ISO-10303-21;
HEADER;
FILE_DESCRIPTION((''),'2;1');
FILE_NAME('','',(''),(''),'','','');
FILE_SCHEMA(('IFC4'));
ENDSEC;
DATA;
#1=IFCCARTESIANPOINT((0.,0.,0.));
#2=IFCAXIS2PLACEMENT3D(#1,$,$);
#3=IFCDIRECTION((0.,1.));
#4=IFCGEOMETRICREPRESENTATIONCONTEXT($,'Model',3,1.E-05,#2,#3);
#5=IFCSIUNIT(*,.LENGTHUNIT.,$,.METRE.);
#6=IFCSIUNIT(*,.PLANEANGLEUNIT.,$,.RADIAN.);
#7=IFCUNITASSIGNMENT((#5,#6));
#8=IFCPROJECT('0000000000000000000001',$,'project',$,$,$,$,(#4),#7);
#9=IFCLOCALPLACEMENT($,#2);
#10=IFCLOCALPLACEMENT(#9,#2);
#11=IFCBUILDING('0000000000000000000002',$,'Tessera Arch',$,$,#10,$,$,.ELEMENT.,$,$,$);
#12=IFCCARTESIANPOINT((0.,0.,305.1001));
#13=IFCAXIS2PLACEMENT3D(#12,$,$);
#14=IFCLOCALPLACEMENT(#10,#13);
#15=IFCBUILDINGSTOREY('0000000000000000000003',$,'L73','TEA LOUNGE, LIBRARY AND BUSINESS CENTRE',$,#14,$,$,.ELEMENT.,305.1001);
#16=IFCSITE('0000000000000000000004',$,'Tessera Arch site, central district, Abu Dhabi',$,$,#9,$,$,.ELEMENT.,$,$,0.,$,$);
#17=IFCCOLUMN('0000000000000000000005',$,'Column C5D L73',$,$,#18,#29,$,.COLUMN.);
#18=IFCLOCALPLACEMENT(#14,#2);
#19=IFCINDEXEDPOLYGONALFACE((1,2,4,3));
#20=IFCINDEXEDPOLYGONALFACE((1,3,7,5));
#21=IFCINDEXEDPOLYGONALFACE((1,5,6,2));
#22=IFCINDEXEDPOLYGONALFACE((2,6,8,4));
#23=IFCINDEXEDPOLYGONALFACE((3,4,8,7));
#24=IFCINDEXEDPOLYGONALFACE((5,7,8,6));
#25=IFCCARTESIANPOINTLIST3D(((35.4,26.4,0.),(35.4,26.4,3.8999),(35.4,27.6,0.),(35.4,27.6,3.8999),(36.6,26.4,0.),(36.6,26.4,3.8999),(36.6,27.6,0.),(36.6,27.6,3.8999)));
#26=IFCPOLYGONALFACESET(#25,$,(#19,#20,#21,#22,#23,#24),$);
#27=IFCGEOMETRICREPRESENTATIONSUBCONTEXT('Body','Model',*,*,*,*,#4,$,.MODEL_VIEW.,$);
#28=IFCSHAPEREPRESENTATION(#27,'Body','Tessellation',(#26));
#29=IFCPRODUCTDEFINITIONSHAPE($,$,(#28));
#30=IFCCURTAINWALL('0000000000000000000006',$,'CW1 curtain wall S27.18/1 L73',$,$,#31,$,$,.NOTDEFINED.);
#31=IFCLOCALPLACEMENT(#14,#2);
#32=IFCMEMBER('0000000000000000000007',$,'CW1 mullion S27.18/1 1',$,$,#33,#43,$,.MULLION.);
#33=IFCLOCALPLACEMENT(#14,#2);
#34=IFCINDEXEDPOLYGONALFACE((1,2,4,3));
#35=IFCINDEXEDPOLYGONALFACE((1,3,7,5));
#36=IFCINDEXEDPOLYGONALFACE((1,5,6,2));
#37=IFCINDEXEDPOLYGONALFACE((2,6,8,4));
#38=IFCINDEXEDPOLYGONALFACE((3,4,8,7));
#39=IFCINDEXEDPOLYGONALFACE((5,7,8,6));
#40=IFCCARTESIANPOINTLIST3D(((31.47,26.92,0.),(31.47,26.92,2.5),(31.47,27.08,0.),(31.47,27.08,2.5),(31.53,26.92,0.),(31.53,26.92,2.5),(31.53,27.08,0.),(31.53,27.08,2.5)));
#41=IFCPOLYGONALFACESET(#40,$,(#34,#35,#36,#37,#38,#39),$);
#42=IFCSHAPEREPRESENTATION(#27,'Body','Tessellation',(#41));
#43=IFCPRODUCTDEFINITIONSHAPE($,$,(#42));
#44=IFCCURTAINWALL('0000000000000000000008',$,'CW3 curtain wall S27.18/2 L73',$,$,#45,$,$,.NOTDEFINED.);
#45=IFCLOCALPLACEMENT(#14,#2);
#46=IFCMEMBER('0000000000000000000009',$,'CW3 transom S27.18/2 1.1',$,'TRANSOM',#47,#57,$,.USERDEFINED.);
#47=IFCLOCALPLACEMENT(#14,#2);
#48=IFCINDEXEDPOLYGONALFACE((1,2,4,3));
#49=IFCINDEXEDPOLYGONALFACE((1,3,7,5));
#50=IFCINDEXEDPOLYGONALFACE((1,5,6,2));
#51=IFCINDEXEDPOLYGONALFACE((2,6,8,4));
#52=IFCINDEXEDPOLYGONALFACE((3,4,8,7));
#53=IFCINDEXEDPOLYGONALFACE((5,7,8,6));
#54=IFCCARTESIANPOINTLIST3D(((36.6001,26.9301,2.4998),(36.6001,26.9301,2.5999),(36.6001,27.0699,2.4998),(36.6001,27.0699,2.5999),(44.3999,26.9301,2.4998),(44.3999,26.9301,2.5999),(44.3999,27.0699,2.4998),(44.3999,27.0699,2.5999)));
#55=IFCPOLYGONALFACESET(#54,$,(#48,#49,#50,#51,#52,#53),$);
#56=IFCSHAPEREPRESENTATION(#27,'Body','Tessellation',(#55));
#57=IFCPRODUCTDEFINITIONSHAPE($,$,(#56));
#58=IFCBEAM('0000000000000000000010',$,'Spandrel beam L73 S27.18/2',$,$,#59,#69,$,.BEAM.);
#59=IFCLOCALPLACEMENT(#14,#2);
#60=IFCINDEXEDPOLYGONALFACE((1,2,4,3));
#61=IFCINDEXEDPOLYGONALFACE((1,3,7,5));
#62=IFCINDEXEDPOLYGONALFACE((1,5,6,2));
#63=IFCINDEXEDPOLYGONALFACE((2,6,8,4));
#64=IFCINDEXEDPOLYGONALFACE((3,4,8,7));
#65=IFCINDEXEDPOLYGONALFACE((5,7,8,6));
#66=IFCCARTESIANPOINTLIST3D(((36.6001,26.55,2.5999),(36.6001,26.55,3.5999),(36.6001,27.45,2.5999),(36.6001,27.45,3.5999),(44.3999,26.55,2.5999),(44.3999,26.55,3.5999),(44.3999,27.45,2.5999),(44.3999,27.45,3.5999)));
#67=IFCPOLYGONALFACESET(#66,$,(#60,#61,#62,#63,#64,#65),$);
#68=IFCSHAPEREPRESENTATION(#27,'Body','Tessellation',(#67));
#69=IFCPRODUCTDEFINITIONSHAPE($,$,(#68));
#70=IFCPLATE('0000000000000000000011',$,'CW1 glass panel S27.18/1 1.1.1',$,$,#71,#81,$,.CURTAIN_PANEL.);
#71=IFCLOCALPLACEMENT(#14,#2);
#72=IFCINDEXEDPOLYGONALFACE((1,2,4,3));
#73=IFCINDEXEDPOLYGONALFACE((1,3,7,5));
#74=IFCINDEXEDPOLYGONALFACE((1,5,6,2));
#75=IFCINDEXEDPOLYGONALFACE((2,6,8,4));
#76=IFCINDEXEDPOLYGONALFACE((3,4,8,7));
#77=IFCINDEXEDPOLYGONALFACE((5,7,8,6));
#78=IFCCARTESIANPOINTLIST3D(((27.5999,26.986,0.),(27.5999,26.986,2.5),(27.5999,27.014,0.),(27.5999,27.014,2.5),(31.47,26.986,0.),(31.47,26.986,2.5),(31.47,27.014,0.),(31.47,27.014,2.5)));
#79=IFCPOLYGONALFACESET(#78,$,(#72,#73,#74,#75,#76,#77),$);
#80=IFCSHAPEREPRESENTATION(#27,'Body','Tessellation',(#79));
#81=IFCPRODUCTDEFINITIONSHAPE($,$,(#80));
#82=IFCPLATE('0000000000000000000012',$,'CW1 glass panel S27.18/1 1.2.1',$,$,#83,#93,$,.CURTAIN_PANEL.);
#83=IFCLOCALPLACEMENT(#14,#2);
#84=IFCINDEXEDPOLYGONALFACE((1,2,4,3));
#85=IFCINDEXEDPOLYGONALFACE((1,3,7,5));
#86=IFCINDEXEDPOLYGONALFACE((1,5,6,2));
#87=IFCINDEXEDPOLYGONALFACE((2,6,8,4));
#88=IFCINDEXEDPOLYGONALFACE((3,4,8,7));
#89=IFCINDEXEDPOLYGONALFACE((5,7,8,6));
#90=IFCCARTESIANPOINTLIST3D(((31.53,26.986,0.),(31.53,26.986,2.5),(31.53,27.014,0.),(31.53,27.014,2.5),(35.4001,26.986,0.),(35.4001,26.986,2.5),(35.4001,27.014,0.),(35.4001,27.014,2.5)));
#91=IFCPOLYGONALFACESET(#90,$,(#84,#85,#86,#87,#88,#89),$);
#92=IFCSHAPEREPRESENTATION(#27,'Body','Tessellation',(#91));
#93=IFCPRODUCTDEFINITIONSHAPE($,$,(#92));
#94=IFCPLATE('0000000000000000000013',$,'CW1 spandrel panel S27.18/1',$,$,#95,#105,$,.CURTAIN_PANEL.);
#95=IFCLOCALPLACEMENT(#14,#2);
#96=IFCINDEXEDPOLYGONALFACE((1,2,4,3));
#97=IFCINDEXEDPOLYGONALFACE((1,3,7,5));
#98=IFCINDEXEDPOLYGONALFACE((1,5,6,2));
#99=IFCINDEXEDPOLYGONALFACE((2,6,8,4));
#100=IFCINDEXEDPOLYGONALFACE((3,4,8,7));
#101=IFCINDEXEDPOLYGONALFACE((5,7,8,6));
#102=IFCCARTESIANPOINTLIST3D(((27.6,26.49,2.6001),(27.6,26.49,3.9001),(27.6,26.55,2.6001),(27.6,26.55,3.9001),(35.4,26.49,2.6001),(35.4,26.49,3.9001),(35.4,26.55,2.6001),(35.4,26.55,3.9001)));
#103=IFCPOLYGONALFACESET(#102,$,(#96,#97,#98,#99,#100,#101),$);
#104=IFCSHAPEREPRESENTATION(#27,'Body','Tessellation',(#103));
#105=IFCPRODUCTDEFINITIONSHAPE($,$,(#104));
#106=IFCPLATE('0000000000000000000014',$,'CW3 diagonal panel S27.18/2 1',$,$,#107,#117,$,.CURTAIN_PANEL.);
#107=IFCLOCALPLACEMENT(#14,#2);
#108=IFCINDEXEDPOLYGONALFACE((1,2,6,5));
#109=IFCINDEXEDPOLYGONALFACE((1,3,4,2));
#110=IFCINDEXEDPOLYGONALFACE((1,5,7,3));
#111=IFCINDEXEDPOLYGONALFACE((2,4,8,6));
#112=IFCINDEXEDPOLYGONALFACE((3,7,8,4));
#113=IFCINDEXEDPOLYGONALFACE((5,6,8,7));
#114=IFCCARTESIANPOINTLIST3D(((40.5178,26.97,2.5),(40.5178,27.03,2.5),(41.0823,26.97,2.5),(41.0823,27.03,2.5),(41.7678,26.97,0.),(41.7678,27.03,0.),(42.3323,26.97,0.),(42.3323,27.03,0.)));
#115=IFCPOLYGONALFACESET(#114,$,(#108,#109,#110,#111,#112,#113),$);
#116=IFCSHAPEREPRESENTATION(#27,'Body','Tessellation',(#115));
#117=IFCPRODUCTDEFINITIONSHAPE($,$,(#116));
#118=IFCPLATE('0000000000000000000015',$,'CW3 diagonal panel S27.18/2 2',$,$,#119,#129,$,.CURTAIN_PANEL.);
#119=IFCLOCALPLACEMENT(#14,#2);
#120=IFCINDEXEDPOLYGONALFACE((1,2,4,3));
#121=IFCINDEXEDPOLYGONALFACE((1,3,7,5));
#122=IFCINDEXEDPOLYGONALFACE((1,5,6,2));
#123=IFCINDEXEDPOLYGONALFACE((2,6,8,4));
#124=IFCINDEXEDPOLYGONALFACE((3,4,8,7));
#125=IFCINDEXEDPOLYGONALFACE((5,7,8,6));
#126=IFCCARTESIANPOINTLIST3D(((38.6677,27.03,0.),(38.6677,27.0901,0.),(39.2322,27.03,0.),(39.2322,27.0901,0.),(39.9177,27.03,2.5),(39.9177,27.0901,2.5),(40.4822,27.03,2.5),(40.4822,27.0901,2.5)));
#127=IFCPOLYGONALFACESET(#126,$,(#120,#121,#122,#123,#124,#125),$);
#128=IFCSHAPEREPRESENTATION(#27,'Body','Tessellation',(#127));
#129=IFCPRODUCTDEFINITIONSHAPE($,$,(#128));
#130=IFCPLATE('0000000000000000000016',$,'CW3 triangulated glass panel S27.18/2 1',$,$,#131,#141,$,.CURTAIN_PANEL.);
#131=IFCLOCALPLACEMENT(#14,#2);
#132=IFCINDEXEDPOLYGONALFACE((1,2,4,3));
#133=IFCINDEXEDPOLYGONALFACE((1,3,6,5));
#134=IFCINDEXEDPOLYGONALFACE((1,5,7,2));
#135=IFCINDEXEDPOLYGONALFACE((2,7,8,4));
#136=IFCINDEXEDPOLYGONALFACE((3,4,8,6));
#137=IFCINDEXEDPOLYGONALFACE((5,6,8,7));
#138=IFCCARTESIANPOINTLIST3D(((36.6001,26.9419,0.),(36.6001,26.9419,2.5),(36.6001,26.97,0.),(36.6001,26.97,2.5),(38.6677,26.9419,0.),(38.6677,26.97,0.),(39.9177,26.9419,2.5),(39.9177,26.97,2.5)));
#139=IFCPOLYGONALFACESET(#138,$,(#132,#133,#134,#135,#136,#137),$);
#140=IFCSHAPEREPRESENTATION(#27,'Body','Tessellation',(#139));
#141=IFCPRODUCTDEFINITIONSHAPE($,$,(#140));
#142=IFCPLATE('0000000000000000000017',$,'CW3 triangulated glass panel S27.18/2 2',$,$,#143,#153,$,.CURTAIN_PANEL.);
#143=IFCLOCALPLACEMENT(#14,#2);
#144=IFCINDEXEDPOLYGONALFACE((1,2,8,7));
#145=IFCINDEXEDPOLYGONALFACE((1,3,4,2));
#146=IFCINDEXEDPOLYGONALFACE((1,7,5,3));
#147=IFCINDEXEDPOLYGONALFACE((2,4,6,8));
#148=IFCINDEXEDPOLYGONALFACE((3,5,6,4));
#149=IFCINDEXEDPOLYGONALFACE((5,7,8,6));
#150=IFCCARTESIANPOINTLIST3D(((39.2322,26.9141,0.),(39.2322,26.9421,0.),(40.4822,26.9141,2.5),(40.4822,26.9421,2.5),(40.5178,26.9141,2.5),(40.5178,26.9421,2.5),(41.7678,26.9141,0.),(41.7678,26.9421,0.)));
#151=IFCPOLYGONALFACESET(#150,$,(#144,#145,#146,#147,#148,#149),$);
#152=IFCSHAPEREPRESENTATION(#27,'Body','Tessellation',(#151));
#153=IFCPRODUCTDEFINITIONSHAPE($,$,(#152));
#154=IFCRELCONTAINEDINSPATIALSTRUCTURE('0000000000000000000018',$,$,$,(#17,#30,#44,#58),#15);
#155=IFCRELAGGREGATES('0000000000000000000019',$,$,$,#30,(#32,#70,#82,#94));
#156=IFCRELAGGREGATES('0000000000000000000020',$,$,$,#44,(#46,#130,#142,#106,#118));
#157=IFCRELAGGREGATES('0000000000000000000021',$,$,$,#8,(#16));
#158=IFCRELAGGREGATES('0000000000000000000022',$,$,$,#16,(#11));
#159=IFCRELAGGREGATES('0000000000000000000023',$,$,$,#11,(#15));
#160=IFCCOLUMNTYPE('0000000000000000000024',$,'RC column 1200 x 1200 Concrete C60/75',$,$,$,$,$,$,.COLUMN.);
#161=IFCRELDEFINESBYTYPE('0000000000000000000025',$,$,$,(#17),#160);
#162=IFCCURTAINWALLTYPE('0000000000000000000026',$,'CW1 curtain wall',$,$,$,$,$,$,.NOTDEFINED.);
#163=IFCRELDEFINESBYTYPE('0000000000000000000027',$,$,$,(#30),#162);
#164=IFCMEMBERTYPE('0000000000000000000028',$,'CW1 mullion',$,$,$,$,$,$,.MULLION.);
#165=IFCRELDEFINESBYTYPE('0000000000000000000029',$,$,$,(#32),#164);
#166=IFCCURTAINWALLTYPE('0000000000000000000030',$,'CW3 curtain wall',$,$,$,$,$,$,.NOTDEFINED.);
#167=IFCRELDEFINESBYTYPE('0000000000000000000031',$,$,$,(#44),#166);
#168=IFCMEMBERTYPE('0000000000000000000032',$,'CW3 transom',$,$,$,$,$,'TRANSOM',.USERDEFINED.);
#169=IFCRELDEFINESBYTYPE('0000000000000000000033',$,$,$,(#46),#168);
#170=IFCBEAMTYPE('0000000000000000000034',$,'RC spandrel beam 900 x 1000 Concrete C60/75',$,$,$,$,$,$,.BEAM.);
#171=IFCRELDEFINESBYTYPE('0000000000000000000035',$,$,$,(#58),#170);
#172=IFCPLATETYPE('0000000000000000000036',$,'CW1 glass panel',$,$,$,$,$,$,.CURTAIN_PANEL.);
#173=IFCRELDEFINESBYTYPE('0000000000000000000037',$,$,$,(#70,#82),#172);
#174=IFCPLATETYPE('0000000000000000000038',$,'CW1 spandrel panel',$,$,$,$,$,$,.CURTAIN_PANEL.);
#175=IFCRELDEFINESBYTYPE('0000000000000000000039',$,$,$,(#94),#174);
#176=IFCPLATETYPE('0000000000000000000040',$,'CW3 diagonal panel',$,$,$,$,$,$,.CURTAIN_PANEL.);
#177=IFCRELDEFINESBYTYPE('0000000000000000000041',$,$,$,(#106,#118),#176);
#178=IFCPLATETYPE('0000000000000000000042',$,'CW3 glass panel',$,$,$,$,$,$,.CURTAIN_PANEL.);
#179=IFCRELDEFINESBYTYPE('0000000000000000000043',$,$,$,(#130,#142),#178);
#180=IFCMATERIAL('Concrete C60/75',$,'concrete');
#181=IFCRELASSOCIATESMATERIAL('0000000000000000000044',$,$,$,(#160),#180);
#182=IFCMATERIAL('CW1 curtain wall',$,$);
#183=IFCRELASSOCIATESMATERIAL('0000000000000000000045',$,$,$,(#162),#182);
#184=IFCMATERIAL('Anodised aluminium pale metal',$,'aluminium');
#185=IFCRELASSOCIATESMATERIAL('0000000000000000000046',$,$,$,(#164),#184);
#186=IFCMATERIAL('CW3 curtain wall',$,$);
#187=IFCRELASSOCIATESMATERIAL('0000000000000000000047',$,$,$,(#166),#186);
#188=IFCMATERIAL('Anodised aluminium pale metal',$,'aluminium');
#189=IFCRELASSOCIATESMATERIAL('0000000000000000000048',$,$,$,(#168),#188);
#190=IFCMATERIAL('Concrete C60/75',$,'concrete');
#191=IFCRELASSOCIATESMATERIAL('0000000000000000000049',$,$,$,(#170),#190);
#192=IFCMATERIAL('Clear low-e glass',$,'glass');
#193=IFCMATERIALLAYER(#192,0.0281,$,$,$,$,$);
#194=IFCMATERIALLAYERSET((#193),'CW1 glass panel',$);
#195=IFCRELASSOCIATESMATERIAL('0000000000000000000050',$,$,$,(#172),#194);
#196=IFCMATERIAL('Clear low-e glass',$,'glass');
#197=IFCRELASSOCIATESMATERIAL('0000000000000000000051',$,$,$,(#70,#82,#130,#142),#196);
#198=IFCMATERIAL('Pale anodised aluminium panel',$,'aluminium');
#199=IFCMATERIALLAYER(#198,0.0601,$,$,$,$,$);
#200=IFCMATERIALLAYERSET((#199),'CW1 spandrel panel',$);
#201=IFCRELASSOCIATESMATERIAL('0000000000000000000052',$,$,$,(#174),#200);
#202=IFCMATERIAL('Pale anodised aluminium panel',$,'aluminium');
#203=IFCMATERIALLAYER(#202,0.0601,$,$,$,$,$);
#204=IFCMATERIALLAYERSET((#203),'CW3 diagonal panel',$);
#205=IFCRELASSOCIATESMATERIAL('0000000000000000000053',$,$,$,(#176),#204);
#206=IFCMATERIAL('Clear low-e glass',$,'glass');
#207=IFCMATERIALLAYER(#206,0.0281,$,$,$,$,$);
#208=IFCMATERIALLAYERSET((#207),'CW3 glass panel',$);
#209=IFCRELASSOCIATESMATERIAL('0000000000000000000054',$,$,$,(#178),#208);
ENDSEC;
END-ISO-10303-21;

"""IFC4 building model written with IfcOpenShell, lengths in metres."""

from ifc_helpers import new_model, si_unit, direction, frame, origin, origin_2d, place, context, subcontext, project, spatial, polyline, rectangle, outline, extrude, material, layer, layer_set, material_profile, profile_set, type_object, element, aggregate, save


model = new_model("IFC4")

# Units and contexts
model_context = context("Model", 3, precision=1e-05, world=origin(), true_north=direction((0.0, 1.0)))
body_context = subcontext(model_context, "Body", "Model", "MODEL_VIEW")
ifc_project = project(units=[si_unit("LENGTHUNIT", "METRE"), si_unit("PLANEANGLEUNIT", "RADIAN")], contexts=[model_context])

# Site, building, storey
site_placement = place(None, origin())
site = spatial("IfcSite", under=ifc_project, at=site_placement, Name="Tessera Arch site, central district, Abu Dhabi", CompositionType="ELEMENT", RefElevation=0.0)
building_placement = place(site_placement, origin())
building = spatial("IfcBuilding", under=site, at=building_placement, Name="Tessera Arch", CompositionType="ELEMENT")
storey_placement = place(building_placement, frame((0.0, 0.0, 305.1001)))
storey = spatial("IfcBuildingStorey", under=building, at=storey_placement, Name="L73", Description="TEA LOUNGE, LIBRARY AND BUSINESS CENTRE", CompositionType="ELEMENT", Elevation=305.1001)

# Column
ifc_material_1 = material(Name="Concrete C60/75", Category="concrete")
ifc_material_profile_1 = material_profile(ifc_material_1, rectangle(XDim=1.2, YDim=1.2, at=origin_2d()), Name="RC column 1200 x 1200 Concrete C60/75")
ifc_profile_set_1 = profile_set([ifc_material_profile_1], Name="Concrete C60/75")
column_type = type_object("IfcColumnType", Name="RC column 1200 x 1200 Concrete C60/75", PredefinedType="COLUMN", material=ifc_profile_set_1)
column_placement = place(storey_placement, frame((36.0, 27.0, 0.0), z_axis=(0.0, 0.0, 1.0), x_axis=(1.0, 0.0, 0.0)))
element("IfcColumn", 1, at=column_placement, inside=storey, type_object=column_type, Name="Column C5D L73", PredefinedType="COLUMN", context=body_context, shape_type="SweptSolid", body=[
    extrude(rectangle(XDim=1.2, YDim=1.2, at=origin_2d()), origin(), (0.0, 0.0, 1.0), 3.8999),
])

# Curtain walls, members
ifc_material_2 = material(Name="CW1 curtain wall")
curtain_wall_type_1 = type_object("IfcCurtainWallType", Name="CW1 curtain wall", PredefinedType="NOTDEFINED", material=ifc_material_2)
curtain_wall_1_placement = place(storey_placement, origin())
curtain_wall_1 = element("IfcCurtainWall", 2, at=curtain_wall_1_placement, inside=storey, type_object=curtain_wall_type_1, Name="CW1 curtain wall S27.18/1 L73", PredefinedType="NOTDEFINED")
ifc_material_3 = material(Name="Anodised aluminium pale metal", Category="aluminium")
ifc_material_profile_2 = material_profile(ifc_material_3, rectangle(XDim=0.1599, YDim=0.0601, at=origin_2d()), Name="AL 60x160")
ifc_profile_set_2 = profile_set([ifc_material_profile_2], Name="Anodised aluminium pale metal")
member_type_1 = type_object("IfcMemberType", Name="CW1 mullion", PredefinedType="MULLION", material=ifc_profile_set_2)
member_1_placement = place(storey_placement, frame((31.5, 27.0, 0.0), z_axis=(0.0, 0.0, 1.0), x_axis=(0.0, 1.0, 0.0)))
member_1 = element("IfcMember", 3, at=member_1_placement, type_object=member_type_1, Name="CW1 mullion S27.18/1 1", PredefinedType="MULLION", context=body_context, shape_type="SweptSolid", body=[
    extrude(rectangle(XDim=0.1599, YDim=0.0601, at=origin_2d()), origin(), (0.0, 0.0, 1.0), 2.5),
])
ifc_material_4 = material(Name="CW3 curtain wall")
curtain_wall_type_2 = type_object("IfcCurtainWallType", Name="CW3 curtain wall", PredefinedType="NOTDEFINED", material=ifc_material_4)
curtain_wall_2_placement = place(storey_placement, origin())
curtain_wall_2 = element("IfcCurtainWall", 4, at=curtain_wall_2_placement, inside=storey, type_object=curtain_wall_type_2, Name="CW3 curtain wall S27.18/2 L73", PredefinedType="NOTDEFINED")
ifc_material_5 = material(Name="Anodised aluminium pale metal", Category="aluminium")
ifc_material_profile_3 = material_profile(ifc_material_5, rectangle(XDim=0.1399, YDim=0.1001, at=origin_2d()), Name="AL 140x100")
ifc_profile_set_3 = profile_set([ifc_material_profile_3], Name="Anodised aluminium pale metal")
member_type_2 = type_object("IfcMemberType", Name="CW3 transom", ElementType="TRANSOM", PredefinedType="USERDEFINED", material=ifc_profile_set_3)
member_2_placement = place(storey_placement, frame((36.6001, 27.0, 2.5498), z_axis=(1.0, 0.0, 0.0), x_axis=(0.0, 1.0, 0.0)))
member_2 = element("IfcMember", 5, at=member_2_placement, type_object=member_type_2, Name="CW3 transom S27.18/2 1.1", ObjectType="TRANSOM", PredefinedType="USERDEFINED", context=body_context, shape_type="SweptSolid", body=[
    extrude(rectangle(XDim=0.1399, YDim=0.1001, at=origin_2d()), origin(), (0.0, 0.0, 1.0), 7.7998),
])

# Beam
ifc_material_6 = material(Name="Concrete C60/75", Category="concrete")
ifc_material_profile_4 = material_profile(ifc_material_6, rectangle(XDim=0.8999, YDim=1.0, at=origin_2d()), Name="RC spandrel beam 900 x 1000 Concrete C60/75")
ifc_profile_set_4 = profile_set([ifc_material_profile_4], Name="Concrete C60/75")
beam_type = type_object("IfcBeamType", Name="RC spandrel beam 900 x 1000 Concrete C60/75", PredefinedType="BEAM", material=ifc_profile_set_4)
beam_placement = place(storey_placement, frame((36.6001, 27.0, 3.0999), z_axis=(1.0, 0.0, 0.0), x_axis=(0.0, 1.0, 0.0)))
element("IfcBeam", 6, at=beam_placement, inside=storey, type_object=beam_type, Name="Spandrel beam L73 S27.18/2", PredefinedType="BEAM", context=body_context, shape_type="SweptSolid", body=[
    extrude(rectangle(XDim=0.8999, YDim=1.0, at=origin_2d()), origin(), (0.0, 0.0, 1.0), 7.7998),
])

# Plates
ifc_material_7 = material(Name="Clear low-e glass", Category="glass")
ifc_material_8 = material(Name="Clear low-e glass", Category="glass")
ifc_layer_1 = layer(ifc_material_8, 0.0281)
ifc_layer_set_1 = layer_set([ifc_layer_1], Name="CW1 glass panel")
plate_type_1 = type_object("IfcPlateType", Name="CW1 glass panel", PredefinedType="CURTAIN_PANEL", material=ifc_layer_set_1)
plate_1_placement = place(storey_placement, frame((29.5349, 27.0, 0.0), z_axis=(0.0, 0.0, 1.0), x_axis=(1.0, 0.0, 0.0)))
plate_1 = element("IfcPlate", 7, at=plate_1_placement, type_object=plate_type_1, material=ifc_material_7, Name="CW1 glass panel S27.18/1 1.1.1", PredefinedType="CURTAIN_PANEL", context=body_context, shape_type="SweptSolid", body=[
    extrude(rectangle(XDim=3.8701, YDim=0.0281, at=origin_2d()), origin(), (0.0, 0.0, 1.0), 2.5),
])
plate_2_placement = place(storey_placement, frame((33.4651, 27.0, 0.0), z_axis=(0.0, 0.0, 1.0), x_axis=(1.0, 0.0, 0.0)))
plate_2 = element("IfcPlate", 8, at=plate_2_placement, type_object=plate_type_1, material=ifc_material_7, Name="CW1 glass panel S27.18/1 1.2.1", PredefinedType="CURTAIN_PANEL", context=body_context, shape_type="SweptSolid", body=[
    extrude(rectangle(XDim=3.8701, YDim=0.0281, at=origin_2d()), origin(), (0.0, 0.0, 1.0), 2.5),
])
ifc_material_9 = material(Name="Pale anodised aluminium panel", Category="aluminium")
ifc_layer_2 = layer(ifc_material_9, 0.0601)
ifc_layer_set_2 = layer_set([ifc_layer_2], Name="CW1 spandrel panel")
plate_type_2 = type_object("IfcPlateType", Name="CW1 spandrel panel", PredefinedType="CURTAIN_PANEL", material=ifc_layer_set_2)
plate_3_placement = place(storey_placement, frame((31.5, 26.52, 2.6001), z_axis=(0.0, 0.0, 1.0), x_axis=(1.0, 0.0, 0.0)))
plate_3 = element("IfcPlate", 9, at=plate_3_placement, type_object=plate_type_2, Name="CW1 spandrel panel S27.18/1", PredefinedType="CURTAIN_PANEL", context=body_context, shape_type="SweptSolid", body=[
    extrude(rectangle(XDim=7.8, YDim=0.0601, at=origin_2d()), origin(), (0.0, 0.0, 1.0), 1.3),
])
aggregate(curtain_wall_1, [member_1, plate_1, plate_2, plate_3])
ifc_material_10 = material(Name="Pale anodised aluminium panel", Category="aluminium")
ifc_layer_3 = layer(ifc_material_10, 0.0601)
ifc_layer_set_3 = layer_set([ifc_layer_3], Name="CW3 diagonal panel")
plate_type_3 = type_object("IfcPlateType", Name="CW3 diagonal panel", PredefinedType="CURTAIN_PANEL", material=ifc_layer_set_3)
plate_4_placement = place(storey_placement, frame((41.0823, 26.97, 2.5), z_axis=(0.0, -1.0, 0.0), x_axis=(-1.0, 0.0, 0.0)))
plate_4 = element("IfcPlate", 10, at=plate_4_placement, type_object=plate_type_3, Name="CW3 diagonal panel S27.18/2 1", PredefinedType="CURTAIN_PANEL", context=body_context, shape_type="SweptSolid", body=[
    extrude(outline(polyline([(0.0, 0.0), (0.5645, 0.0), (-0.6855, 2.5), (-1.25, 2.5), (0.0, 0.0)])), origin(), (0.0, 0.0, -1.0), 0.0601),
])
plate_5_placement = place(storey_placement, frame((40.4822, 27.03, 2.5), z_axis=(0.0, -1.0, 0.0), x_axis=(-1.0, 0.0, 0.0)))
plate_5 = element("IfcPlate", 11, at=plate_5_placement, type_object=plate_type_3, Name="CW3 diagonal panel S27.18/2 2", PredefinedType="CURTAIN_PANEL", context=body_context, shape_type="SweptSolid", body=[
    extrude(outline(polyline([(0.0, 0.0), (0.5645, 0.0), (1.8145, 2.5), (1.25, 2.5), (0.0, 0.0)])), origin(), (0.0, 0.0, -1.0), 0.0601),
])
ifc_material_11 = material(Name="Clear low-e glass", Category="glass")
ifc_layer_4 = layer(ifc_material_11, 0.0281)
ifc_layer_set_4 = layer_set([ifc_layer_4], Name="CW3 glass panel")
plate_type_4 = type_object("IfcPlateType", Name="CW3 glass panel", PredefinedType="CURTAIN_PANEL", material=ifc_layer_set_4)
plate_6_placement = place(storey_placement, frame((36.6001, 26.9419, 0.0), z_axis=(0.0, -1.0, 0.0), x_axis=(1.0, 0.0, 0.0)))
plate_6 = element("IfcPlate", 12, at=plate_6_placement, type_object=plate_type_4, material=ifc_material_7, Name="CW3 triangulated glass panel S27.18/2 1", PredefinedType="CURTAIN_PANEL", context=body_context, shape_type="SweptSolid", body=[
    extrude(outline(polyline([(0.0, 0.0), (2.0676, 0.0), (3.3176, 2.5), (0.0, 2.5), (0.0, 0.0)])), origin(), (0.0, 0.0, -1.0), 0.0281),
])
plate_7_placement = place(storey_placement, frame((40.5178, 26.9141, 2.5), z_axis=(0.0, -1.0, 0.0), x_axis=(-1.0, 0.0, 0.0)))
plate_7 = element("IfcPlate", 13, at=plate_7_placement, type_object=plate_type_4, material=ifc_material_7, Name="CW3 triangulated glass panel S27.18/2 2", PredefinedType="CURTAIN_PANEL", context=body_context, shape_type="SweptSolid", body=[
    extrude(outline(polyline([(0.0, 0.0), (0.0356, 0.0), (1.2856, 2.5), (-1.25, 2.5), (0.0, 0.0)])), origin(), (0.0, 0.0, -1.0), 0.0281),
])
aggregate(curtain_wall_2, [member_2, plate_6, plate_7, plate_4, plate_5])

save(model, "model.ifc")
